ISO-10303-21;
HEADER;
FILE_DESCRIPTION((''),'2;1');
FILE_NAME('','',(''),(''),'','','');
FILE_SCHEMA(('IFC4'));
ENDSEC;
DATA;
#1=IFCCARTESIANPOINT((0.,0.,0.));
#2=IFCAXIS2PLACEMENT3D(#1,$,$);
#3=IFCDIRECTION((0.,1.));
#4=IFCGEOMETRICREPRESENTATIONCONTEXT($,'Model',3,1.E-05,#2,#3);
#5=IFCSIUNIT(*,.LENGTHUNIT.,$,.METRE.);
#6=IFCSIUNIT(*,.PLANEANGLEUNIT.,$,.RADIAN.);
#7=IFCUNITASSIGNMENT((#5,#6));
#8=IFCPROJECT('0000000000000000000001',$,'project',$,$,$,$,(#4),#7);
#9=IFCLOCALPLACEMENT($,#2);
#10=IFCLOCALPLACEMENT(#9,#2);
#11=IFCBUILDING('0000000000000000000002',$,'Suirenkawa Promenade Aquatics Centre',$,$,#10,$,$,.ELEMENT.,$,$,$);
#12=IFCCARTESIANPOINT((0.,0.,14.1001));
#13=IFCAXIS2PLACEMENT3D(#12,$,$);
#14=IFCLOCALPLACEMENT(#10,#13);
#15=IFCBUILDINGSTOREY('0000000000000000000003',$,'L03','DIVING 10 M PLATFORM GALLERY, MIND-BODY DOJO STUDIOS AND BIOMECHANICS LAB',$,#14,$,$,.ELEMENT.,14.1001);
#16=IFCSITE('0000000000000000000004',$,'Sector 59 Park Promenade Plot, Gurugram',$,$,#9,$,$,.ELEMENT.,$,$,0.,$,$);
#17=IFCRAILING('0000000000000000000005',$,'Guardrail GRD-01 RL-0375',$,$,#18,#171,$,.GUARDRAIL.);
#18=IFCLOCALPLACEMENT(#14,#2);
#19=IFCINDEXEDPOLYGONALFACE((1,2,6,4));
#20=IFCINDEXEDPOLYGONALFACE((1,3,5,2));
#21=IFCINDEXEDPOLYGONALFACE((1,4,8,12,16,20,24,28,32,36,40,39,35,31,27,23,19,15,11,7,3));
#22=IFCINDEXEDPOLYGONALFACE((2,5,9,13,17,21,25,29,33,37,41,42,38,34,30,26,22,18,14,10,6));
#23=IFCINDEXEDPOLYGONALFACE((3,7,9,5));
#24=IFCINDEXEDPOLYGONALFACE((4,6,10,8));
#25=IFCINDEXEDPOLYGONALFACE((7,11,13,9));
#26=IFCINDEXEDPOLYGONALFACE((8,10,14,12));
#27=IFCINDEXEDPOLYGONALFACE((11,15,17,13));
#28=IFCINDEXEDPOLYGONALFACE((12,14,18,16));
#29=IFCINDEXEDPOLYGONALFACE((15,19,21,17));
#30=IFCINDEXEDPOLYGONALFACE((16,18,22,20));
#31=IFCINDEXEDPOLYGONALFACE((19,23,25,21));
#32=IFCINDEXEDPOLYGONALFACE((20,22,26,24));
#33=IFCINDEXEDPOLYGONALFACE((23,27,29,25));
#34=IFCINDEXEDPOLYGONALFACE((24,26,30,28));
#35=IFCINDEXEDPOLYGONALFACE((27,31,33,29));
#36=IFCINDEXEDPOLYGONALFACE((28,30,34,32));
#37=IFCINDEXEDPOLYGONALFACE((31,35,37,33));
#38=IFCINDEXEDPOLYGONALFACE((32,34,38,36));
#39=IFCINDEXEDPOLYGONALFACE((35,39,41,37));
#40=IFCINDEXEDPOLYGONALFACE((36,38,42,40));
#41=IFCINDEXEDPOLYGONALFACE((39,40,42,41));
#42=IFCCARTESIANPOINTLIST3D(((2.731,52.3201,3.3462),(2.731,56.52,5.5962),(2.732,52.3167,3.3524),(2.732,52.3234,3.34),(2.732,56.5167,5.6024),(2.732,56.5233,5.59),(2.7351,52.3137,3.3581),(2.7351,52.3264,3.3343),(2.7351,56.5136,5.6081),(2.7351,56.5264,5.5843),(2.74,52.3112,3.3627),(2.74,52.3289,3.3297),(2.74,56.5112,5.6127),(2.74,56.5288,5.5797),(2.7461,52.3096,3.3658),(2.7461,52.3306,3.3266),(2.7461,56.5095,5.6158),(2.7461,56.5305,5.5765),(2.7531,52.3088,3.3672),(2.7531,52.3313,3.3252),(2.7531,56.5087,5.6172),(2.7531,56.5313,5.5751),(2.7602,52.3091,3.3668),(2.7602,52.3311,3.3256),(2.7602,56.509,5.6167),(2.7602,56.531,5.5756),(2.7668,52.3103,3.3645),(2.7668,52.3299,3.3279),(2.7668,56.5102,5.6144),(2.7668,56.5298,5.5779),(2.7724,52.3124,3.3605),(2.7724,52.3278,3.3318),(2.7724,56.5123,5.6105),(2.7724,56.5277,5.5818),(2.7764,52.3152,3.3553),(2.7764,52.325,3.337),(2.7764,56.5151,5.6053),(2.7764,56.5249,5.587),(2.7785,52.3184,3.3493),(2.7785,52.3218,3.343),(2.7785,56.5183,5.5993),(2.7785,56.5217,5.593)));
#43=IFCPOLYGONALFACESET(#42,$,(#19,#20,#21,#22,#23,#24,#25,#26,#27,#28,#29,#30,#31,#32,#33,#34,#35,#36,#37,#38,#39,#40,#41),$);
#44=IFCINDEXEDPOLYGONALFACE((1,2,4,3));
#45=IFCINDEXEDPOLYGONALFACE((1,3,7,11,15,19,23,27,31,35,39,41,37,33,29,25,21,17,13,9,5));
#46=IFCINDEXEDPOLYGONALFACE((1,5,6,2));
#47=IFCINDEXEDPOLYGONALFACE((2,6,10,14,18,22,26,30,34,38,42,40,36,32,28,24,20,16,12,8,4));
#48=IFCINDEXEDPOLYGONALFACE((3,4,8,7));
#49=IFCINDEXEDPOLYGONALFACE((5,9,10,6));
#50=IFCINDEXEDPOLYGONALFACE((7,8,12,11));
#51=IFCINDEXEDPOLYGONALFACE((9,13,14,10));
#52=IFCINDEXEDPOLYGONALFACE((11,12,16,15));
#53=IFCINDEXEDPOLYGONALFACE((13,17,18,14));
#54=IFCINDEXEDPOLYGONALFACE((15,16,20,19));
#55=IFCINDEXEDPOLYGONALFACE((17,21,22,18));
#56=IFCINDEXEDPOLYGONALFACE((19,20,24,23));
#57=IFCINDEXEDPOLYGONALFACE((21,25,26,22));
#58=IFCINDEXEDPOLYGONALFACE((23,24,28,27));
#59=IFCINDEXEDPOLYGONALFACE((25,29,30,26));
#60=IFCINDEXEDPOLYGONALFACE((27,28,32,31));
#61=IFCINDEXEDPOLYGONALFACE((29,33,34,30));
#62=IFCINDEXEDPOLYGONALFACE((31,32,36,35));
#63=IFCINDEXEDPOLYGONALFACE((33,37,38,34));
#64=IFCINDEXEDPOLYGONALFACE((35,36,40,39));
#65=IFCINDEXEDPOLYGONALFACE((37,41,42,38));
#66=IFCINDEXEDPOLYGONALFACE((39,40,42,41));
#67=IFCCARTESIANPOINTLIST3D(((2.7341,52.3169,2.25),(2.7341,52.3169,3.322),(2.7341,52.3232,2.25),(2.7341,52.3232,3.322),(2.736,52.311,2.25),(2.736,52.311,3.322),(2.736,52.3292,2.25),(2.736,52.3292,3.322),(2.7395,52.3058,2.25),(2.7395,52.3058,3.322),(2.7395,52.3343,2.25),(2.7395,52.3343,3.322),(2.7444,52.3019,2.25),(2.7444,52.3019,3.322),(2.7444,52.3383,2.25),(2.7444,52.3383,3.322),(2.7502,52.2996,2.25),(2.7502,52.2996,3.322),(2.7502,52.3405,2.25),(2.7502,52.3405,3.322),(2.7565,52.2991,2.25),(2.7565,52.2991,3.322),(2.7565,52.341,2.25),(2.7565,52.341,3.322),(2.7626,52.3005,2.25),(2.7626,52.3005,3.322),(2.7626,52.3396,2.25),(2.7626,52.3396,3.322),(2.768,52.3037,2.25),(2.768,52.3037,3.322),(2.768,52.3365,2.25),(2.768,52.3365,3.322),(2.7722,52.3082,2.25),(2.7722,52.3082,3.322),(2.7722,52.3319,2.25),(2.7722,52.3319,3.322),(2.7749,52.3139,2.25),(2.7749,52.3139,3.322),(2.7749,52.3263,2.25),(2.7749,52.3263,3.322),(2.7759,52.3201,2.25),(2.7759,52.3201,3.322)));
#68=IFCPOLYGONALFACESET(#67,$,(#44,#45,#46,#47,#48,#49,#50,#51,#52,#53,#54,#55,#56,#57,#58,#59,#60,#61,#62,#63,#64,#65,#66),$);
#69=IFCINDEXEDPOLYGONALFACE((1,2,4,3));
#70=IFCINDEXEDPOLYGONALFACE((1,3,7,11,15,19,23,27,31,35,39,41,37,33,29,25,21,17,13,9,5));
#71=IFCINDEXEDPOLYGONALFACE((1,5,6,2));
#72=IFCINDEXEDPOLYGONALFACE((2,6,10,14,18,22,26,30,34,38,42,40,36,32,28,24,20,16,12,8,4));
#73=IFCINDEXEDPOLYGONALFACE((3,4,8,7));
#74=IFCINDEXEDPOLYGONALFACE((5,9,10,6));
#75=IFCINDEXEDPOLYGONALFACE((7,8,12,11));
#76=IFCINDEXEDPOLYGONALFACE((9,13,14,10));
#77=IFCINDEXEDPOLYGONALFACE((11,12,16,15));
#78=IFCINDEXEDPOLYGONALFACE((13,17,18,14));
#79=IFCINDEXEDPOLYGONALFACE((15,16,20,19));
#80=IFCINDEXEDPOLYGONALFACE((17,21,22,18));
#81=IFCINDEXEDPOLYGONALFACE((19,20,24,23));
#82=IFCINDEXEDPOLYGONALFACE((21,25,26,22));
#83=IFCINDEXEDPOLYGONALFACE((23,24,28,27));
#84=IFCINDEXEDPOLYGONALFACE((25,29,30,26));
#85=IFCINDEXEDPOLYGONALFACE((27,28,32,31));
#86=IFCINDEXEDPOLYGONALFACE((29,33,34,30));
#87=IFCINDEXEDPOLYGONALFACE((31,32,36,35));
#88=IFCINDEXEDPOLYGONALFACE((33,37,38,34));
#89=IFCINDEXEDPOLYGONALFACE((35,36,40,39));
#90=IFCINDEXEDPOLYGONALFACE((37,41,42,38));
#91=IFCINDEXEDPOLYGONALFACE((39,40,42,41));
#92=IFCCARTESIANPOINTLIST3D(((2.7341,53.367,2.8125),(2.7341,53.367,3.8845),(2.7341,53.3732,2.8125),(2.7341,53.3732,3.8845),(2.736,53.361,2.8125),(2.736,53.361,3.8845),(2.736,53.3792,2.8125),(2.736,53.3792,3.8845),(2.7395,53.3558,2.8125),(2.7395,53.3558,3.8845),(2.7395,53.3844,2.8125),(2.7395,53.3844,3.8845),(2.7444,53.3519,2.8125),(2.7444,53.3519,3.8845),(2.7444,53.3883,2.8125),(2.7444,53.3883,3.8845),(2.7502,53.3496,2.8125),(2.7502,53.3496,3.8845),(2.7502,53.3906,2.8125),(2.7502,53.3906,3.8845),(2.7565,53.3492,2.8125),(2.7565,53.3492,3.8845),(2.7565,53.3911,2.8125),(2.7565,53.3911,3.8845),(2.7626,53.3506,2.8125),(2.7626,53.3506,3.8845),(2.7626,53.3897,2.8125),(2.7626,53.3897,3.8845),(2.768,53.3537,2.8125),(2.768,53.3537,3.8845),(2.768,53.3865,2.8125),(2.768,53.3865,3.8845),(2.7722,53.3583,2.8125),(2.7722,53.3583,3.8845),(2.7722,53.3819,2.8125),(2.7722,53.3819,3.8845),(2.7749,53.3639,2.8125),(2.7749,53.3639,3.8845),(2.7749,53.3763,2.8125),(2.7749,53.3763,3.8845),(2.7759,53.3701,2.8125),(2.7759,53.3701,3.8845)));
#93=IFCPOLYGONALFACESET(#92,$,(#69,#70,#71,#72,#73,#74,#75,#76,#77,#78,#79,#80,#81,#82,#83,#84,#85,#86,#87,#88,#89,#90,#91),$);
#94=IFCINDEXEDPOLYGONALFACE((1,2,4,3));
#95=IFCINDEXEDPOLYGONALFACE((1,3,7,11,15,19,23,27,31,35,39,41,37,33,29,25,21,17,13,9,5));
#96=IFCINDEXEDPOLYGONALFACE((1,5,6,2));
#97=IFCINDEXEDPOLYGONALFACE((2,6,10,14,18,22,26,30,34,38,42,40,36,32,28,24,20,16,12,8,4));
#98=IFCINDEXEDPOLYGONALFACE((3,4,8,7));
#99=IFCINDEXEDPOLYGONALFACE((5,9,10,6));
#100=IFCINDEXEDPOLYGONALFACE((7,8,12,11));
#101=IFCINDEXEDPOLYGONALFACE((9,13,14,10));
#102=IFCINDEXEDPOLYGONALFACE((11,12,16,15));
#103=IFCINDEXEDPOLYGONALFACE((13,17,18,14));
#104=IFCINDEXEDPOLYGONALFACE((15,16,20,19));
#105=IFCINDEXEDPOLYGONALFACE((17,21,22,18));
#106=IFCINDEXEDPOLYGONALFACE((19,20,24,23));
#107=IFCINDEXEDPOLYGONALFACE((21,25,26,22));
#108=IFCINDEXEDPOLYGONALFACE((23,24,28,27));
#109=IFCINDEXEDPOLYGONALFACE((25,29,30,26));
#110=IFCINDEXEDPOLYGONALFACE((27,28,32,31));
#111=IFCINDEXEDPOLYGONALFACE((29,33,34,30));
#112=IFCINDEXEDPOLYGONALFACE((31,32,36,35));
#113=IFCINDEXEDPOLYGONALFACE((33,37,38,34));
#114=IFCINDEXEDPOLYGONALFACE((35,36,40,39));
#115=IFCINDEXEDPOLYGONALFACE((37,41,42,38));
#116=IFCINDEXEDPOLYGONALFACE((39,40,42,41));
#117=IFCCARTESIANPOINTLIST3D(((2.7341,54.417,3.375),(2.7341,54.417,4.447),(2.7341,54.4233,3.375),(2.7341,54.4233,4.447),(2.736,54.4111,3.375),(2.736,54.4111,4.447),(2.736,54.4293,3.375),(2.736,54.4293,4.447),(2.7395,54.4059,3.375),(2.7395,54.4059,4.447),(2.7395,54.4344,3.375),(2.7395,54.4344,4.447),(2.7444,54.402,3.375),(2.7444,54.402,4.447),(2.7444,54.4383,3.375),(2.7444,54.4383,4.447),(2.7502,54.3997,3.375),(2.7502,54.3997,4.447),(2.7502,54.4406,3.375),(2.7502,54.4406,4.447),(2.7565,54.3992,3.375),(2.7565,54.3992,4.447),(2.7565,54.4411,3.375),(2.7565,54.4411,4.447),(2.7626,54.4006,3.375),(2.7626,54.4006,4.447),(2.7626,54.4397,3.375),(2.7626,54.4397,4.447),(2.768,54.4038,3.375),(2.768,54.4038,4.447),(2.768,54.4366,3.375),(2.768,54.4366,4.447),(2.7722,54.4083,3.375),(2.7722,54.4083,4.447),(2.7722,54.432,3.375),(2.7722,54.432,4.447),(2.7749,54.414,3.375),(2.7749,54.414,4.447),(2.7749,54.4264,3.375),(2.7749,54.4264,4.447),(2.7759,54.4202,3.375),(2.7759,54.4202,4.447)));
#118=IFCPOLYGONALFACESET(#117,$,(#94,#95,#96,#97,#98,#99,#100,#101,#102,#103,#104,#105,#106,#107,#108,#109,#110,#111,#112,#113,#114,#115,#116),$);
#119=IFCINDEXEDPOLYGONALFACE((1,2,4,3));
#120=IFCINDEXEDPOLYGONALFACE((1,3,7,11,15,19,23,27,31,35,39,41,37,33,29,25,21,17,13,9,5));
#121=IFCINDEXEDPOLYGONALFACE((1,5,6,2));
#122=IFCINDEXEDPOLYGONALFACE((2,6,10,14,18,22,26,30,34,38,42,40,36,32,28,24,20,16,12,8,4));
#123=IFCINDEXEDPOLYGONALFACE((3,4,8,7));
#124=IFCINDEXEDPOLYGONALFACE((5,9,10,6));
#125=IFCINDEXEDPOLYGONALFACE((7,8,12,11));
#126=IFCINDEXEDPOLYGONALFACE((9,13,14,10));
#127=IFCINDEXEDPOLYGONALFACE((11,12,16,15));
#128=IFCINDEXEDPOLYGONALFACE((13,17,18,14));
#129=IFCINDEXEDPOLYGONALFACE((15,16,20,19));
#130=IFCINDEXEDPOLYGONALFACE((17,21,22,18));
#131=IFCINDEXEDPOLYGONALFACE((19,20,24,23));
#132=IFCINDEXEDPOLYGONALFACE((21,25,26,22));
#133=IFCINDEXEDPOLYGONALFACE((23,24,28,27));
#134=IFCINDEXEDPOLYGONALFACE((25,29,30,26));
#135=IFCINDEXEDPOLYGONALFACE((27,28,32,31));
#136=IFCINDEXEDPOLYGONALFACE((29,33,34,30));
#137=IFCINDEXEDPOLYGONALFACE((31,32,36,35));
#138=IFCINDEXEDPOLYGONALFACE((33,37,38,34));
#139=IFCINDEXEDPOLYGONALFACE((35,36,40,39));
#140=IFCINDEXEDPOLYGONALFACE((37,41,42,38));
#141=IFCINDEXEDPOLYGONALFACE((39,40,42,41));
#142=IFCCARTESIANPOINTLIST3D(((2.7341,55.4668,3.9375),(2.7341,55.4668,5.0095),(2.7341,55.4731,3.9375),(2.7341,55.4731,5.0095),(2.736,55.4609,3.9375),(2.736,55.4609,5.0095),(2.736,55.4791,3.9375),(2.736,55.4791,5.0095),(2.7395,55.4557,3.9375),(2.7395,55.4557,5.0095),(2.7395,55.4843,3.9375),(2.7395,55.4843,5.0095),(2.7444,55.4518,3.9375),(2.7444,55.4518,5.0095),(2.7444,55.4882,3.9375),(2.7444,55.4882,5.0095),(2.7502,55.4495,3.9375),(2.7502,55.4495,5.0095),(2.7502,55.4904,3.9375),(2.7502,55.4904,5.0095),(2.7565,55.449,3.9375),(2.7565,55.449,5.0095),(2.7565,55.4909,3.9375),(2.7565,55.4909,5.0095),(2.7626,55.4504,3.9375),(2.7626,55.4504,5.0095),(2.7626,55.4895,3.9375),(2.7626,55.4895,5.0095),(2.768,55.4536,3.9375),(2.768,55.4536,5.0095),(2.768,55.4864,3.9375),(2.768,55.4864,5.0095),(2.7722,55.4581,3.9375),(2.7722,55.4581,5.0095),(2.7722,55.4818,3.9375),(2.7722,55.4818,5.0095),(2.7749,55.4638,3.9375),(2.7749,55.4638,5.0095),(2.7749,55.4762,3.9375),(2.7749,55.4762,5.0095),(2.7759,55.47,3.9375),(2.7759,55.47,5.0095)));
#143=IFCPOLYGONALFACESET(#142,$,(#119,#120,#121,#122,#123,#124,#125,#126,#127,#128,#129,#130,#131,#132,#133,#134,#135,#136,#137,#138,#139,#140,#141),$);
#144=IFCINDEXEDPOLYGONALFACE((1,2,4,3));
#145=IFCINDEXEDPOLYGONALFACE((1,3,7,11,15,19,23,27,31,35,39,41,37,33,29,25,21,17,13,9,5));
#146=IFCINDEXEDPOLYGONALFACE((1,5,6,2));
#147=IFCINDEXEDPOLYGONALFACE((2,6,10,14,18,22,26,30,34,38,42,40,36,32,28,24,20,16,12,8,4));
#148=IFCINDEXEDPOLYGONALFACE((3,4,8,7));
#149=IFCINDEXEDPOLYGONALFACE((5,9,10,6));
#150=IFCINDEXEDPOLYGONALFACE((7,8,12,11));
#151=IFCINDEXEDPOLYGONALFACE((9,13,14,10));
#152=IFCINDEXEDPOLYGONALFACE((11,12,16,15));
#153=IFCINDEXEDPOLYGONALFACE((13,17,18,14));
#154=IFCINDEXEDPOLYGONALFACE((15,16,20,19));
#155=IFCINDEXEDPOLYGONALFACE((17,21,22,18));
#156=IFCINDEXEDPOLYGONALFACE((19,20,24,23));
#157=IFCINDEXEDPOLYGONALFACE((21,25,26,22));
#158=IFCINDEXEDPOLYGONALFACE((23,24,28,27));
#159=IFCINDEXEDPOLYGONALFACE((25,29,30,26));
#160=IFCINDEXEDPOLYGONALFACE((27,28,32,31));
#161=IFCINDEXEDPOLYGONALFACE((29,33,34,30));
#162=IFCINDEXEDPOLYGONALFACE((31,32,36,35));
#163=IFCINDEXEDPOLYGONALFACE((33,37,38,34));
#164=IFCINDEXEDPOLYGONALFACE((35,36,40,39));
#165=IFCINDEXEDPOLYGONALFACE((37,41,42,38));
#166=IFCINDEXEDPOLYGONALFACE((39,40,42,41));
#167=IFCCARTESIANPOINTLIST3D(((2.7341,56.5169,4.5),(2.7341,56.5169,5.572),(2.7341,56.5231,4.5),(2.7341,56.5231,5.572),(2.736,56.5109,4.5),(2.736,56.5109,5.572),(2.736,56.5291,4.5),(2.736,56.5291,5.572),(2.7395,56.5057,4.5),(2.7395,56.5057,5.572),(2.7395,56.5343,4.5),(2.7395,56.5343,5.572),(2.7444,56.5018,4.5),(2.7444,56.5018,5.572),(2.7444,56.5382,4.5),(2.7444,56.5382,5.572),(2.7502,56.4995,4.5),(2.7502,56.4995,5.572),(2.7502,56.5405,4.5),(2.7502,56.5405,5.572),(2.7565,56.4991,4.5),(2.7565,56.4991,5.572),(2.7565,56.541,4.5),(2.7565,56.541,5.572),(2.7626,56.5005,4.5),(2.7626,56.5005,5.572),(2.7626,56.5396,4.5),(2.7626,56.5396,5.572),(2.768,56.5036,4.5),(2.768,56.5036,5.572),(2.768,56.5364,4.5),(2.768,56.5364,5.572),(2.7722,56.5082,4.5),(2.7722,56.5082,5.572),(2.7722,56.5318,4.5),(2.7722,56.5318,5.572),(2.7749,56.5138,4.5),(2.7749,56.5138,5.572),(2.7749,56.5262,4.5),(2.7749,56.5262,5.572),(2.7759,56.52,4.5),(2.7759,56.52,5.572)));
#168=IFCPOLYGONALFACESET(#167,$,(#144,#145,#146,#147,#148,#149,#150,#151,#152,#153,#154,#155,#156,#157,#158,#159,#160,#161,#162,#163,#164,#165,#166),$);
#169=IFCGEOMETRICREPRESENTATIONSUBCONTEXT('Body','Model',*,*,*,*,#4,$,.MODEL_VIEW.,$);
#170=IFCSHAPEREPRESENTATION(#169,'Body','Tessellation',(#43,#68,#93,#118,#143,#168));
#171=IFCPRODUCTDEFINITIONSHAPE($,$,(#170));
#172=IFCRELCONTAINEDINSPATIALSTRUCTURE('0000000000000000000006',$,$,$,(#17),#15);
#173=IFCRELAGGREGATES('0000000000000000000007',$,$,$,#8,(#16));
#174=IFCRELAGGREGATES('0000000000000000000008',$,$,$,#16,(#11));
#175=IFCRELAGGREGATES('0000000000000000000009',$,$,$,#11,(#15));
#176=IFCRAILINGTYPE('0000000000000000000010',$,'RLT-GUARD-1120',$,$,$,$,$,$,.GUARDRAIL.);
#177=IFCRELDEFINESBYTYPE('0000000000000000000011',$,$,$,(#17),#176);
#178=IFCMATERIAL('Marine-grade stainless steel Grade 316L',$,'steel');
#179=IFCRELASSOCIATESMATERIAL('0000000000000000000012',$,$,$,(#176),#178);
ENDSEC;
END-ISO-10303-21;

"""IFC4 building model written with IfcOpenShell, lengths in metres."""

from ifc_helpers import new_model, si_unit, direction, frame, origin, origin_2d, place, context, subcontext, project, spatial, circle, extrude, material, type_object, element, save


model = new_model("IFC4")

# Units and contexts
model_context = context("Model", 3, precision=1e-05, world=origin(), true_north=direction((0.0, 1.0)))
body_context = subcontext(model_context, "Body", "Model", "MODEL_VIEW")
ifc_project = project(units=[si_unit("LENGTHUNIT", "METRE"), si_unit("PLANEANGLEUNIT", "RADIAN")], contexts=[model_context])

# Site, building, storey
site_placement = place(None, origin())
site = spatial("IfcSite", under=ifc_project, at=site_placement, Name="Sector 59 Park Promenade Plot, Gurugram", CompositionType="ELEMENT", RefElevation=0.0)
building_placement = place(site_placement, origin())
building = spatial("IfcBuilding", under=site, at=building_placement, Name="Suirenkawa Promenade Aquatics Centre", CompositionType="ELEMENT")
storey_placement = place(building_placement, frame((0.0, 0.0, 14.1001)))
storey = spatial("IfcBuildingStorey", under=building, at=storey_placement, Name="L03", Description="DIVING 10 M PLATFORM GALLERY, MIND-BODY DOJO STUDIOS AND BIOMECHANICS LAB", CompositionType="ELEMENT", Elevation=14.1001)

# Railing
ifc_material_1 = material(Name="Marine-grade stainless steel Grade 316L", Category="steel")
railing_type_1 = type_object("IfcRailingType", Name="RLT-GUARD-1120", PredefinedType="GUARDRAIL", material=ifc_material_1)
for number, where, name in (
    (1, (2.7549, 52.3201, 2.25), "Guardrail GRD-01 RL-0375"),
):
    element("IfcRailing", number, at=place(storey_placement, frame(where)), inside=storey, type_object=railing_type_1, Name=name, PredefinedType="GUARDRAIL", context=body_context, shape_type="SweptSolid", body=[
        extrude(circle(Radius=0.0239, at=origin_2d()), frame((0.0, 0.0, 1.0962), z_axis=(0.0, 0.881478, 0.472226), x_axis=(-1.0, 0.0, 0.0)), (0.0, 0.0, 1.0), 4.7646),
        extrude(circle(Radius=0.021, at=origin_2d()), origin(), (0.0, 0.0, 1.0), 1.072),
        extrude(circle(Radius=0.021, at=origin_2d()), frame((0.0, 1.05, 0.5625)), (0.0, 0.0, 1.0), 1.072),
        extrude(circle(Radius=0.021, at=origin_2d()), frame((0.0, 2.1001, 1.125)), (0.0, 0.0, 1.0), 1.072),
        extrude(circle(Radius=0.021, at=origin_2d()), frame((0.0, 3.1499, 1.6875)), (0.0, 0.0, 1.0), 1.072),
        extrude(circle(Radius=0.021, at=origin_2d()), frame((0.0, 4.2, 2.25)), (0.0, 0.0, 1.0), 1.072),
    ])

save(model, "model.ifc")
